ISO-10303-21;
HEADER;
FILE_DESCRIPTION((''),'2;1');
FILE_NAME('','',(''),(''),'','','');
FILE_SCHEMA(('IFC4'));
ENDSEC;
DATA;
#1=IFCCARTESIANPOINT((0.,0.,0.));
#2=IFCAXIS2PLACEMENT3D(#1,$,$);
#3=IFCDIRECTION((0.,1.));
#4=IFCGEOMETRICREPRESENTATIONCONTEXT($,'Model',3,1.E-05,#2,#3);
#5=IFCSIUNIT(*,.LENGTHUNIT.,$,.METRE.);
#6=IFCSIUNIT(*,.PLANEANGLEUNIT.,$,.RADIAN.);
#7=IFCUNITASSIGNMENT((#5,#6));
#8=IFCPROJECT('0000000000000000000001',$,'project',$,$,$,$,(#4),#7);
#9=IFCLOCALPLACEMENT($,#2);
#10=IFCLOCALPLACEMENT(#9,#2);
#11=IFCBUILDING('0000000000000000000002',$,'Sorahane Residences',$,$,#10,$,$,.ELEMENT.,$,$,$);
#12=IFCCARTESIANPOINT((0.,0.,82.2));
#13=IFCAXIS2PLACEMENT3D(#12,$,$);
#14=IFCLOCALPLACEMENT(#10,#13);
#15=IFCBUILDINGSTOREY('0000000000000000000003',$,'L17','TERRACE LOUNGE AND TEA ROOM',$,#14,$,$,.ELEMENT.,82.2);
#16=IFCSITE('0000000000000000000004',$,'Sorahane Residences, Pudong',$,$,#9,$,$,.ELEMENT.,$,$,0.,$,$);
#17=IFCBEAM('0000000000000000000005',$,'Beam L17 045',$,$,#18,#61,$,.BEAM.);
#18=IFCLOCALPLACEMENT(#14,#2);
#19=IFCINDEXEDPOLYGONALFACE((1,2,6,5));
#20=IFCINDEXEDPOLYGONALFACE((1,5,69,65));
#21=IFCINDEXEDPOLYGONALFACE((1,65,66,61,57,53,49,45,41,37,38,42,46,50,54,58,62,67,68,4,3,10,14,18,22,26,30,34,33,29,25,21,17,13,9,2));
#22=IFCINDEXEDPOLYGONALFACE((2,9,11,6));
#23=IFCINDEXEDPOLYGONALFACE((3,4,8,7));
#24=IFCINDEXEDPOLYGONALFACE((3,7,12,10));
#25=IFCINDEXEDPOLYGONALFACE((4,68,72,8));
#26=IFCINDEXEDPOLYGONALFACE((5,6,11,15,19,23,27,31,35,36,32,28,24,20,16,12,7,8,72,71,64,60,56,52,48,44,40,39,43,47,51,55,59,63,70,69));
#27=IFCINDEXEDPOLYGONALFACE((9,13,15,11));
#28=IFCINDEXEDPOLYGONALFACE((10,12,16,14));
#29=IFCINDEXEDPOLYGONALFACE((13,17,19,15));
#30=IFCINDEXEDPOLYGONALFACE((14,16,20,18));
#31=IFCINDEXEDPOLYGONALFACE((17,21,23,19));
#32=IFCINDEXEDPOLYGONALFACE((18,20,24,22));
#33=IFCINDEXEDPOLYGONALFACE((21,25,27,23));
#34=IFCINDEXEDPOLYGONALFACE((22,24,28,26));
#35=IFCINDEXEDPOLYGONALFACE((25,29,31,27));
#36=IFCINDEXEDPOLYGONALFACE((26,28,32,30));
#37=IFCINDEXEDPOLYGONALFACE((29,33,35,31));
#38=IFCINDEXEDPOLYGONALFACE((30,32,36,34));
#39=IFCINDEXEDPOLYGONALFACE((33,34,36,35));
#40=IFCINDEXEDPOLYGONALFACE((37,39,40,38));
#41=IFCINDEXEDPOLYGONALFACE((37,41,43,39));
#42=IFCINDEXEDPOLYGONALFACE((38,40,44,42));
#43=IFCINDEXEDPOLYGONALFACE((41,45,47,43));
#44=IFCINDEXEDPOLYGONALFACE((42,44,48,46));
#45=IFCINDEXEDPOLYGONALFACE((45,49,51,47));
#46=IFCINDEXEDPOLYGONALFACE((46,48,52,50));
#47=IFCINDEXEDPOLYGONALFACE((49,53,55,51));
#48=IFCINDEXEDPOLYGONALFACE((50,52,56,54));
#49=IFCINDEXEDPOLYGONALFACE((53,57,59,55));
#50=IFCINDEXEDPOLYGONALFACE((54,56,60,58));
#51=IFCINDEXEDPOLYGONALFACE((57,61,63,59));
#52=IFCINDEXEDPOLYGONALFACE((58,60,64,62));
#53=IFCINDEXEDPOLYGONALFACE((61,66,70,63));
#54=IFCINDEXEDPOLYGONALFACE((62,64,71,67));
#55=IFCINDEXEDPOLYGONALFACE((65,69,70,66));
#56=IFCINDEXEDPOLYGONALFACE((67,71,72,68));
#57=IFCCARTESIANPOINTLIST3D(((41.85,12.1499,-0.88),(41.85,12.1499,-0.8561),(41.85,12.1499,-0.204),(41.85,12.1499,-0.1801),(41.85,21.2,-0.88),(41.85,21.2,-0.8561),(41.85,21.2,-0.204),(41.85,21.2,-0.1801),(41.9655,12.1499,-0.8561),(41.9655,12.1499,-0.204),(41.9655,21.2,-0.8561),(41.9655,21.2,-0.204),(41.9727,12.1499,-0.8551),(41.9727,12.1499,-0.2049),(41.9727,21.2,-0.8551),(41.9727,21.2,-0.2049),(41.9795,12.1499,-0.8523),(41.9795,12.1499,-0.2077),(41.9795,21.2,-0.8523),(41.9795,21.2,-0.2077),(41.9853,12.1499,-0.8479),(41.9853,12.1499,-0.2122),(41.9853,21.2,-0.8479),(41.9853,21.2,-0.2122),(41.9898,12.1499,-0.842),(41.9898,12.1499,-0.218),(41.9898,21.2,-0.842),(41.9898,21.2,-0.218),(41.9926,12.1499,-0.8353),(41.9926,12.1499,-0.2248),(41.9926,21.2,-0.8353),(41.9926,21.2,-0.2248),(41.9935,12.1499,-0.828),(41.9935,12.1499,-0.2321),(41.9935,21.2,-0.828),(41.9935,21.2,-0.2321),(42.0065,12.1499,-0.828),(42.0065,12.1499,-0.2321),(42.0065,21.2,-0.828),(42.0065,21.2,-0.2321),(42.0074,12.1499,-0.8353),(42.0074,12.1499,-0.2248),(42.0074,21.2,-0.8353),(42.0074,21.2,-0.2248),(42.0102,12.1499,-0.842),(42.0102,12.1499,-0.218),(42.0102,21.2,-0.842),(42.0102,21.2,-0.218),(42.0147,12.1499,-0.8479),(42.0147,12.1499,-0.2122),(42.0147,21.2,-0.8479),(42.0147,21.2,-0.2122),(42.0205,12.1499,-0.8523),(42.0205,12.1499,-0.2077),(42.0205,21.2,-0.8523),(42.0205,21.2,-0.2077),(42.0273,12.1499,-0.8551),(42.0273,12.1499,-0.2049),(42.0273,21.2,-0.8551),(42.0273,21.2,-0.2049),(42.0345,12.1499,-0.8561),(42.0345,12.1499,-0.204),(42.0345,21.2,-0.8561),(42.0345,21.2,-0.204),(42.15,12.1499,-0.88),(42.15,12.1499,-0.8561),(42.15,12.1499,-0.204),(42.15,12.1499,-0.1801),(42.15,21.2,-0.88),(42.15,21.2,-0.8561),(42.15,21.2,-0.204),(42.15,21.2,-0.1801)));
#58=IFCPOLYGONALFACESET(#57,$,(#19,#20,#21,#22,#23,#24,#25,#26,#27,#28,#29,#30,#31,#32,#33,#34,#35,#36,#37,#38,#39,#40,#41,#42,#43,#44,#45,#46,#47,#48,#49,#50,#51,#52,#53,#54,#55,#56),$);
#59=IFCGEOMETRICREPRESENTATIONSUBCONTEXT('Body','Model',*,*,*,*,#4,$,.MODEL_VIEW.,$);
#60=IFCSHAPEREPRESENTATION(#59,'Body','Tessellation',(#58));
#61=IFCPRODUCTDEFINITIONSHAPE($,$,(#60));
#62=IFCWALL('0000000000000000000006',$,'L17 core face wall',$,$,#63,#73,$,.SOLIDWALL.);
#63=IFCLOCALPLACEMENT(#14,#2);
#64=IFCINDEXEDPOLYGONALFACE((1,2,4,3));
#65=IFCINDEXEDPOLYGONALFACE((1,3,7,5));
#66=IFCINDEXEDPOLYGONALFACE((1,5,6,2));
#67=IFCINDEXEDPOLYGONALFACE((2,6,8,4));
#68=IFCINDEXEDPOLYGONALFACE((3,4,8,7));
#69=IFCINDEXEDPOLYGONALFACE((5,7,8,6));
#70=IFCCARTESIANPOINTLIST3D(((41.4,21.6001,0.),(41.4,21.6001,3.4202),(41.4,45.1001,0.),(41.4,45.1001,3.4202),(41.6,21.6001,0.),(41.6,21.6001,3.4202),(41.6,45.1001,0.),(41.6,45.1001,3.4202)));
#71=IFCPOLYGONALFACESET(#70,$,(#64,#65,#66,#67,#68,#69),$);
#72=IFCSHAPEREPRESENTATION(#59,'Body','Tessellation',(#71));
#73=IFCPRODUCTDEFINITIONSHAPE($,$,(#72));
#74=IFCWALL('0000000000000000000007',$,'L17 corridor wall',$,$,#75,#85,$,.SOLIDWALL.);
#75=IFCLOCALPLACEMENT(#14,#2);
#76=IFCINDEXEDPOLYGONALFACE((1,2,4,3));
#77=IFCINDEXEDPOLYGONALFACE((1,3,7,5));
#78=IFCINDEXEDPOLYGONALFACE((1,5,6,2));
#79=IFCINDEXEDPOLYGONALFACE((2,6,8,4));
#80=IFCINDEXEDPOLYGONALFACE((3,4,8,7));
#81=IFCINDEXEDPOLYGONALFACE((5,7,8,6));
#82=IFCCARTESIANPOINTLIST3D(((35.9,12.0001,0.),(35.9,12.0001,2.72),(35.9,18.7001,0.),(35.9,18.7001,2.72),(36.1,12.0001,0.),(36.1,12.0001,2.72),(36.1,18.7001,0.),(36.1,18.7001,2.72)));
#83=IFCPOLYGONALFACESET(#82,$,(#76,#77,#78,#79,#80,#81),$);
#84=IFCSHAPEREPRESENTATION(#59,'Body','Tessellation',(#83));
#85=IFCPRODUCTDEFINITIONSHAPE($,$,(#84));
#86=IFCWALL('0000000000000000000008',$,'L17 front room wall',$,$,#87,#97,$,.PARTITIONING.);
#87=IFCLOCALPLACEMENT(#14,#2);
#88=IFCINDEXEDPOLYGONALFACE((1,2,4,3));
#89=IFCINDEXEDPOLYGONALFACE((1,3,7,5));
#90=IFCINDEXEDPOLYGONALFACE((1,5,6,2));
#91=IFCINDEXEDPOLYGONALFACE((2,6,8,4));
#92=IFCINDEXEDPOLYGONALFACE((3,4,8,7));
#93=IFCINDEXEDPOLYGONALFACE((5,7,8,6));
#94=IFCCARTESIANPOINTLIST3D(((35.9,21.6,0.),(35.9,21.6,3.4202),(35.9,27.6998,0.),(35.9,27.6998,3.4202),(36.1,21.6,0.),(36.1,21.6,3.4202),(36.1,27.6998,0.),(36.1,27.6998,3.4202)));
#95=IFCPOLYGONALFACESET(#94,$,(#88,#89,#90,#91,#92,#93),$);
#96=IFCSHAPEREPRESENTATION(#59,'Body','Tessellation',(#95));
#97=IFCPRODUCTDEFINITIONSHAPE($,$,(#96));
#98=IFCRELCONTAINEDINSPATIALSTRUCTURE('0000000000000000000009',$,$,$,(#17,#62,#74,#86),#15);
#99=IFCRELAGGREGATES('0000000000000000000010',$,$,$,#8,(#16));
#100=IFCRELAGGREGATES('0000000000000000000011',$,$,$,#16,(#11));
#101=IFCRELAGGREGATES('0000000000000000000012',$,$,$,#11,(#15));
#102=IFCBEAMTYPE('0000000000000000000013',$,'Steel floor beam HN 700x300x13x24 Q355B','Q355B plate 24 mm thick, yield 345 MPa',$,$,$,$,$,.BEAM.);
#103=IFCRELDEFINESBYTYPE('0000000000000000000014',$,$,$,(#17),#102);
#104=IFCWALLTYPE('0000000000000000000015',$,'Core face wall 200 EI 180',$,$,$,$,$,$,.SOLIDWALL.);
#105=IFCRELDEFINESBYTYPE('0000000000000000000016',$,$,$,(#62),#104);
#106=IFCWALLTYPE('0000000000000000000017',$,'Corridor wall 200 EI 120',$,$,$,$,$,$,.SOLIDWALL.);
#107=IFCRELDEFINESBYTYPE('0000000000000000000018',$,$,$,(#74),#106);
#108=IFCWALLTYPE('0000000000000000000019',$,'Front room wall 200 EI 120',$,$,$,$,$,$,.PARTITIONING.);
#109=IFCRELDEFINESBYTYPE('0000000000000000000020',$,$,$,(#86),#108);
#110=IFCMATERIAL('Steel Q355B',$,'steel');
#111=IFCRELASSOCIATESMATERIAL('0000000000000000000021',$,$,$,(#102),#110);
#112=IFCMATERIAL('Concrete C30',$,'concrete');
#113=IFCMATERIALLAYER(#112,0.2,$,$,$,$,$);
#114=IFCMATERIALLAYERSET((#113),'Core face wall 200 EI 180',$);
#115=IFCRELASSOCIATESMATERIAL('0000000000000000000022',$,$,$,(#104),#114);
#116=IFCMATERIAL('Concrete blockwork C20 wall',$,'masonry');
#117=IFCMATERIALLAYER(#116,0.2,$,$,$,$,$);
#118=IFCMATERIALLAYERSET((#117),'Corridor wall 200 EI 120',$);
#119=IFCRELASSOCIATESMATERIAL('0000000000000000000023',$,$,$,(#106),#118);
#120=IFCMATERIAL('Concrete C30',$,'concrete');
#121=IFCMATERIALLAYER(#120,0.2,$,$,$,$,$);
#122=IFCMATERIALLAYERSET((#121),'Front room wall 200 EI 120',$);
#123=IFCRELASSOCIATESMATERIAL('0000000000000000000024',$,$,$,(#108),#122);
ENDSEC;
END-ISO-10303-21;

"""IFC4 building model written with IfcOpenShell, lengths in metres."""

from ifc_helpers import new_model, si_unit, direction, frame, frame_2d, origin, origin_2d, place, context, subcontext, project, spatial, rectangle, i_section, extrude, material, layer, layer_set, material_profile, profile_set, type_object, element, save


model = new_model("IFC4")

# Units and contexts
model_context = context("Model", 3, precision=1e-05, world=origin(), true_north=direction((0.0, 1.0)))
body_context = subcontext(model_context, "Body", "Model", "MODEL_VIEW")
ifc_project = project(units=[si_unit("LENGTHUNIT", "METRE"), si_unit("PLANEANGLEUNIT", "RADIAN")], contexts=[model_context])

# Site, building, storey
site_placement = place(None, origin())
site = spatial("IfcSite", under=ifc_project, at=site_placement, Name="Sorahane Residences, Pudong", CompositionType="ELEMENT", RefElevation=0.0)
building_placement = place(site_placement, origin())
building = spatial("IfcBuilding", under=site, at=building_placement, Name="Sorahane Residences", CompositionType="ELEMENT")
storey_placement = place(building_placement, frame((0.0, 0.0, 82.2)))
storey = spatial("IfcBuildingStorey", under=building, at=storey_placement, Name="L17", Description="TERRACE LOUNGE AND TEA ROOM", CompositionType="ELEMENT", Elevation=82.2)

# Beam
ifc_material_1 = material(Name="Steel Q355B", Category="steel")
ifc_material_profile_1 = material_profile(ifc_material_1, i_section(OverallWidth=0.3, OverallDepth=0.7, WebThickness=0.0129, FlangeThickness=0.0239, FilletRadius=0.0281, at=origin_2d()), Name="HN 700x300x13x24")
ifc_profile_set_1 = profile_set([ifc_material_profile_1], Name="Steel Q355B")
beam_type_1 = type_object("IfcBeamType", Name="Steel floor beam HN 700x300x13x24 Q355B", Description="Q355B plate 24 mm thick, yield 345 MPa", PredefinedType="BEAM", material=ifc_profile_set_1)
beam_1_placement = place(storey_placement, frame((42.0, 12.1499, -0.53), z_axis=(0.0, 1.0, 0.0), x_axis=(-1.0, 0.0, 0.0)))
element("IfcBeam", 1, at=beam_1_placement, inside=storey, type_object=beam_type_1, Name="Beam L17 045", PredefinedType="BEAM", context=body_context, shape_type="SweptSolid", body=[
    extrude(i_section(OverallWidth=0.3, OverallDepth=0.7, WebThickness=0.0129, FlangeThickness=0.0239, FilletRadius=0.0281, at=origin_2d()), origin(), (0.0, 0.0, 1.0), 9.05),
])

# Walls
ifc_material_2 = material(Name="Concrete C30", Category="concrete")
ifc_layer_1 = layer(ifc_material_2, 0.2)
ifc_layer_set_1 = layer_set([ifc_layer_1], Name="Core face wall 200 EI 180")
wall_type_1 = type_object("IfcWallType", Name="Core face wall 200 EI 180", PredefinedType="SOLIDWALL", material=ifc_layer_set_1)
wall_1_placement = place(storey_placement, frame((41.5, 21.6001, 0.0), z_axis=(0.0, 0.0, 1.0), x_axis=(0.0, 1.0, 0.0)))
element("IfcWall", 2, at=wall_1_placement, inside=storey, type_object=wall_type_1, Name="L17 core face wall", PredefinedType="SOLIDWALL", context=body_context, shape_type="SweptSolid", body=[
    extrude(rectangle(XDim=23.5, YDim=0.2, at=frame_2d((11.75, 0.0))), origin(), (0.0, 0.0, 1.0), 3.4202),
])
ifc_material_3 = material(Name="Concrete blockwork C20 wall", Category="masonry")
ifc_layer_2 = layer(ifc_material_3, 0.2)
ifc_layer_set_2 = layer_set([ifc_layer_2], Name="Corridor wall 200 EI 120")
wall_type_2 = type_object("IfcWallType", Name="Corridor wall 200 EI 120", PredefinedType="SOLIDWALL", material=ifc_layer_set_2)
wall_2_placement = place(storey_placement, frame((36.0, 12.0, 0.0), z_axis=(0.0, 0.0, 1.0), x_axis=(0.0, 1.0, 0.0)))
element("IfcWall", 3, at=wall_2_placement, inside=storey, type_object=wall_type_2, Name="L17 corridor wall", PredefinedType="SOLIDWALL", context=body_context, shape_type="SweptSolid", body=[
    extrude(rectangle(XDim=6.7, YDim=0.2, at=frame_2d((3.3501, 0.0))), origin(), (0.0, 0.0, 1.0), 2.72),
])
ifc_material_4 = material(Name="Concrete C30", Category="concrete")
ifc_layer_3 = layer(ifc_material_4, 0.2)
ifc_layer_set_3 = layer_set([ifc_layer_3], Name="Front room wall 200 EI 120")
wall_type_3 = type_object("IfcWallType", Name="Front room wall 200 EI 120", PredefinedType="PARTITIONING", material=ifc_layer_set_3)
wall_3_placement = place(storey_placement, frame((36.0, 21.6001, 0.0), z_axis=(0.0, 0.0, 1.0), x_axis=(0.0, 1.0, 0.0)))
element("IfcWall", 4, at=wall_3_placement, inside=storey, type_object=wall_type_3, Name="L17 front room wall", PredefinedType="PARTITIONING", context=body_context, shape_type="SweptSolid", body=[
    extrude(rectangle(XDim=6.0999, YDim=0.2, at=frame_2d((3.0498, 0.0))), origin(), (0.0, 0.0, 1.0), 3.4202),
])

save(model, "model.ifc")
